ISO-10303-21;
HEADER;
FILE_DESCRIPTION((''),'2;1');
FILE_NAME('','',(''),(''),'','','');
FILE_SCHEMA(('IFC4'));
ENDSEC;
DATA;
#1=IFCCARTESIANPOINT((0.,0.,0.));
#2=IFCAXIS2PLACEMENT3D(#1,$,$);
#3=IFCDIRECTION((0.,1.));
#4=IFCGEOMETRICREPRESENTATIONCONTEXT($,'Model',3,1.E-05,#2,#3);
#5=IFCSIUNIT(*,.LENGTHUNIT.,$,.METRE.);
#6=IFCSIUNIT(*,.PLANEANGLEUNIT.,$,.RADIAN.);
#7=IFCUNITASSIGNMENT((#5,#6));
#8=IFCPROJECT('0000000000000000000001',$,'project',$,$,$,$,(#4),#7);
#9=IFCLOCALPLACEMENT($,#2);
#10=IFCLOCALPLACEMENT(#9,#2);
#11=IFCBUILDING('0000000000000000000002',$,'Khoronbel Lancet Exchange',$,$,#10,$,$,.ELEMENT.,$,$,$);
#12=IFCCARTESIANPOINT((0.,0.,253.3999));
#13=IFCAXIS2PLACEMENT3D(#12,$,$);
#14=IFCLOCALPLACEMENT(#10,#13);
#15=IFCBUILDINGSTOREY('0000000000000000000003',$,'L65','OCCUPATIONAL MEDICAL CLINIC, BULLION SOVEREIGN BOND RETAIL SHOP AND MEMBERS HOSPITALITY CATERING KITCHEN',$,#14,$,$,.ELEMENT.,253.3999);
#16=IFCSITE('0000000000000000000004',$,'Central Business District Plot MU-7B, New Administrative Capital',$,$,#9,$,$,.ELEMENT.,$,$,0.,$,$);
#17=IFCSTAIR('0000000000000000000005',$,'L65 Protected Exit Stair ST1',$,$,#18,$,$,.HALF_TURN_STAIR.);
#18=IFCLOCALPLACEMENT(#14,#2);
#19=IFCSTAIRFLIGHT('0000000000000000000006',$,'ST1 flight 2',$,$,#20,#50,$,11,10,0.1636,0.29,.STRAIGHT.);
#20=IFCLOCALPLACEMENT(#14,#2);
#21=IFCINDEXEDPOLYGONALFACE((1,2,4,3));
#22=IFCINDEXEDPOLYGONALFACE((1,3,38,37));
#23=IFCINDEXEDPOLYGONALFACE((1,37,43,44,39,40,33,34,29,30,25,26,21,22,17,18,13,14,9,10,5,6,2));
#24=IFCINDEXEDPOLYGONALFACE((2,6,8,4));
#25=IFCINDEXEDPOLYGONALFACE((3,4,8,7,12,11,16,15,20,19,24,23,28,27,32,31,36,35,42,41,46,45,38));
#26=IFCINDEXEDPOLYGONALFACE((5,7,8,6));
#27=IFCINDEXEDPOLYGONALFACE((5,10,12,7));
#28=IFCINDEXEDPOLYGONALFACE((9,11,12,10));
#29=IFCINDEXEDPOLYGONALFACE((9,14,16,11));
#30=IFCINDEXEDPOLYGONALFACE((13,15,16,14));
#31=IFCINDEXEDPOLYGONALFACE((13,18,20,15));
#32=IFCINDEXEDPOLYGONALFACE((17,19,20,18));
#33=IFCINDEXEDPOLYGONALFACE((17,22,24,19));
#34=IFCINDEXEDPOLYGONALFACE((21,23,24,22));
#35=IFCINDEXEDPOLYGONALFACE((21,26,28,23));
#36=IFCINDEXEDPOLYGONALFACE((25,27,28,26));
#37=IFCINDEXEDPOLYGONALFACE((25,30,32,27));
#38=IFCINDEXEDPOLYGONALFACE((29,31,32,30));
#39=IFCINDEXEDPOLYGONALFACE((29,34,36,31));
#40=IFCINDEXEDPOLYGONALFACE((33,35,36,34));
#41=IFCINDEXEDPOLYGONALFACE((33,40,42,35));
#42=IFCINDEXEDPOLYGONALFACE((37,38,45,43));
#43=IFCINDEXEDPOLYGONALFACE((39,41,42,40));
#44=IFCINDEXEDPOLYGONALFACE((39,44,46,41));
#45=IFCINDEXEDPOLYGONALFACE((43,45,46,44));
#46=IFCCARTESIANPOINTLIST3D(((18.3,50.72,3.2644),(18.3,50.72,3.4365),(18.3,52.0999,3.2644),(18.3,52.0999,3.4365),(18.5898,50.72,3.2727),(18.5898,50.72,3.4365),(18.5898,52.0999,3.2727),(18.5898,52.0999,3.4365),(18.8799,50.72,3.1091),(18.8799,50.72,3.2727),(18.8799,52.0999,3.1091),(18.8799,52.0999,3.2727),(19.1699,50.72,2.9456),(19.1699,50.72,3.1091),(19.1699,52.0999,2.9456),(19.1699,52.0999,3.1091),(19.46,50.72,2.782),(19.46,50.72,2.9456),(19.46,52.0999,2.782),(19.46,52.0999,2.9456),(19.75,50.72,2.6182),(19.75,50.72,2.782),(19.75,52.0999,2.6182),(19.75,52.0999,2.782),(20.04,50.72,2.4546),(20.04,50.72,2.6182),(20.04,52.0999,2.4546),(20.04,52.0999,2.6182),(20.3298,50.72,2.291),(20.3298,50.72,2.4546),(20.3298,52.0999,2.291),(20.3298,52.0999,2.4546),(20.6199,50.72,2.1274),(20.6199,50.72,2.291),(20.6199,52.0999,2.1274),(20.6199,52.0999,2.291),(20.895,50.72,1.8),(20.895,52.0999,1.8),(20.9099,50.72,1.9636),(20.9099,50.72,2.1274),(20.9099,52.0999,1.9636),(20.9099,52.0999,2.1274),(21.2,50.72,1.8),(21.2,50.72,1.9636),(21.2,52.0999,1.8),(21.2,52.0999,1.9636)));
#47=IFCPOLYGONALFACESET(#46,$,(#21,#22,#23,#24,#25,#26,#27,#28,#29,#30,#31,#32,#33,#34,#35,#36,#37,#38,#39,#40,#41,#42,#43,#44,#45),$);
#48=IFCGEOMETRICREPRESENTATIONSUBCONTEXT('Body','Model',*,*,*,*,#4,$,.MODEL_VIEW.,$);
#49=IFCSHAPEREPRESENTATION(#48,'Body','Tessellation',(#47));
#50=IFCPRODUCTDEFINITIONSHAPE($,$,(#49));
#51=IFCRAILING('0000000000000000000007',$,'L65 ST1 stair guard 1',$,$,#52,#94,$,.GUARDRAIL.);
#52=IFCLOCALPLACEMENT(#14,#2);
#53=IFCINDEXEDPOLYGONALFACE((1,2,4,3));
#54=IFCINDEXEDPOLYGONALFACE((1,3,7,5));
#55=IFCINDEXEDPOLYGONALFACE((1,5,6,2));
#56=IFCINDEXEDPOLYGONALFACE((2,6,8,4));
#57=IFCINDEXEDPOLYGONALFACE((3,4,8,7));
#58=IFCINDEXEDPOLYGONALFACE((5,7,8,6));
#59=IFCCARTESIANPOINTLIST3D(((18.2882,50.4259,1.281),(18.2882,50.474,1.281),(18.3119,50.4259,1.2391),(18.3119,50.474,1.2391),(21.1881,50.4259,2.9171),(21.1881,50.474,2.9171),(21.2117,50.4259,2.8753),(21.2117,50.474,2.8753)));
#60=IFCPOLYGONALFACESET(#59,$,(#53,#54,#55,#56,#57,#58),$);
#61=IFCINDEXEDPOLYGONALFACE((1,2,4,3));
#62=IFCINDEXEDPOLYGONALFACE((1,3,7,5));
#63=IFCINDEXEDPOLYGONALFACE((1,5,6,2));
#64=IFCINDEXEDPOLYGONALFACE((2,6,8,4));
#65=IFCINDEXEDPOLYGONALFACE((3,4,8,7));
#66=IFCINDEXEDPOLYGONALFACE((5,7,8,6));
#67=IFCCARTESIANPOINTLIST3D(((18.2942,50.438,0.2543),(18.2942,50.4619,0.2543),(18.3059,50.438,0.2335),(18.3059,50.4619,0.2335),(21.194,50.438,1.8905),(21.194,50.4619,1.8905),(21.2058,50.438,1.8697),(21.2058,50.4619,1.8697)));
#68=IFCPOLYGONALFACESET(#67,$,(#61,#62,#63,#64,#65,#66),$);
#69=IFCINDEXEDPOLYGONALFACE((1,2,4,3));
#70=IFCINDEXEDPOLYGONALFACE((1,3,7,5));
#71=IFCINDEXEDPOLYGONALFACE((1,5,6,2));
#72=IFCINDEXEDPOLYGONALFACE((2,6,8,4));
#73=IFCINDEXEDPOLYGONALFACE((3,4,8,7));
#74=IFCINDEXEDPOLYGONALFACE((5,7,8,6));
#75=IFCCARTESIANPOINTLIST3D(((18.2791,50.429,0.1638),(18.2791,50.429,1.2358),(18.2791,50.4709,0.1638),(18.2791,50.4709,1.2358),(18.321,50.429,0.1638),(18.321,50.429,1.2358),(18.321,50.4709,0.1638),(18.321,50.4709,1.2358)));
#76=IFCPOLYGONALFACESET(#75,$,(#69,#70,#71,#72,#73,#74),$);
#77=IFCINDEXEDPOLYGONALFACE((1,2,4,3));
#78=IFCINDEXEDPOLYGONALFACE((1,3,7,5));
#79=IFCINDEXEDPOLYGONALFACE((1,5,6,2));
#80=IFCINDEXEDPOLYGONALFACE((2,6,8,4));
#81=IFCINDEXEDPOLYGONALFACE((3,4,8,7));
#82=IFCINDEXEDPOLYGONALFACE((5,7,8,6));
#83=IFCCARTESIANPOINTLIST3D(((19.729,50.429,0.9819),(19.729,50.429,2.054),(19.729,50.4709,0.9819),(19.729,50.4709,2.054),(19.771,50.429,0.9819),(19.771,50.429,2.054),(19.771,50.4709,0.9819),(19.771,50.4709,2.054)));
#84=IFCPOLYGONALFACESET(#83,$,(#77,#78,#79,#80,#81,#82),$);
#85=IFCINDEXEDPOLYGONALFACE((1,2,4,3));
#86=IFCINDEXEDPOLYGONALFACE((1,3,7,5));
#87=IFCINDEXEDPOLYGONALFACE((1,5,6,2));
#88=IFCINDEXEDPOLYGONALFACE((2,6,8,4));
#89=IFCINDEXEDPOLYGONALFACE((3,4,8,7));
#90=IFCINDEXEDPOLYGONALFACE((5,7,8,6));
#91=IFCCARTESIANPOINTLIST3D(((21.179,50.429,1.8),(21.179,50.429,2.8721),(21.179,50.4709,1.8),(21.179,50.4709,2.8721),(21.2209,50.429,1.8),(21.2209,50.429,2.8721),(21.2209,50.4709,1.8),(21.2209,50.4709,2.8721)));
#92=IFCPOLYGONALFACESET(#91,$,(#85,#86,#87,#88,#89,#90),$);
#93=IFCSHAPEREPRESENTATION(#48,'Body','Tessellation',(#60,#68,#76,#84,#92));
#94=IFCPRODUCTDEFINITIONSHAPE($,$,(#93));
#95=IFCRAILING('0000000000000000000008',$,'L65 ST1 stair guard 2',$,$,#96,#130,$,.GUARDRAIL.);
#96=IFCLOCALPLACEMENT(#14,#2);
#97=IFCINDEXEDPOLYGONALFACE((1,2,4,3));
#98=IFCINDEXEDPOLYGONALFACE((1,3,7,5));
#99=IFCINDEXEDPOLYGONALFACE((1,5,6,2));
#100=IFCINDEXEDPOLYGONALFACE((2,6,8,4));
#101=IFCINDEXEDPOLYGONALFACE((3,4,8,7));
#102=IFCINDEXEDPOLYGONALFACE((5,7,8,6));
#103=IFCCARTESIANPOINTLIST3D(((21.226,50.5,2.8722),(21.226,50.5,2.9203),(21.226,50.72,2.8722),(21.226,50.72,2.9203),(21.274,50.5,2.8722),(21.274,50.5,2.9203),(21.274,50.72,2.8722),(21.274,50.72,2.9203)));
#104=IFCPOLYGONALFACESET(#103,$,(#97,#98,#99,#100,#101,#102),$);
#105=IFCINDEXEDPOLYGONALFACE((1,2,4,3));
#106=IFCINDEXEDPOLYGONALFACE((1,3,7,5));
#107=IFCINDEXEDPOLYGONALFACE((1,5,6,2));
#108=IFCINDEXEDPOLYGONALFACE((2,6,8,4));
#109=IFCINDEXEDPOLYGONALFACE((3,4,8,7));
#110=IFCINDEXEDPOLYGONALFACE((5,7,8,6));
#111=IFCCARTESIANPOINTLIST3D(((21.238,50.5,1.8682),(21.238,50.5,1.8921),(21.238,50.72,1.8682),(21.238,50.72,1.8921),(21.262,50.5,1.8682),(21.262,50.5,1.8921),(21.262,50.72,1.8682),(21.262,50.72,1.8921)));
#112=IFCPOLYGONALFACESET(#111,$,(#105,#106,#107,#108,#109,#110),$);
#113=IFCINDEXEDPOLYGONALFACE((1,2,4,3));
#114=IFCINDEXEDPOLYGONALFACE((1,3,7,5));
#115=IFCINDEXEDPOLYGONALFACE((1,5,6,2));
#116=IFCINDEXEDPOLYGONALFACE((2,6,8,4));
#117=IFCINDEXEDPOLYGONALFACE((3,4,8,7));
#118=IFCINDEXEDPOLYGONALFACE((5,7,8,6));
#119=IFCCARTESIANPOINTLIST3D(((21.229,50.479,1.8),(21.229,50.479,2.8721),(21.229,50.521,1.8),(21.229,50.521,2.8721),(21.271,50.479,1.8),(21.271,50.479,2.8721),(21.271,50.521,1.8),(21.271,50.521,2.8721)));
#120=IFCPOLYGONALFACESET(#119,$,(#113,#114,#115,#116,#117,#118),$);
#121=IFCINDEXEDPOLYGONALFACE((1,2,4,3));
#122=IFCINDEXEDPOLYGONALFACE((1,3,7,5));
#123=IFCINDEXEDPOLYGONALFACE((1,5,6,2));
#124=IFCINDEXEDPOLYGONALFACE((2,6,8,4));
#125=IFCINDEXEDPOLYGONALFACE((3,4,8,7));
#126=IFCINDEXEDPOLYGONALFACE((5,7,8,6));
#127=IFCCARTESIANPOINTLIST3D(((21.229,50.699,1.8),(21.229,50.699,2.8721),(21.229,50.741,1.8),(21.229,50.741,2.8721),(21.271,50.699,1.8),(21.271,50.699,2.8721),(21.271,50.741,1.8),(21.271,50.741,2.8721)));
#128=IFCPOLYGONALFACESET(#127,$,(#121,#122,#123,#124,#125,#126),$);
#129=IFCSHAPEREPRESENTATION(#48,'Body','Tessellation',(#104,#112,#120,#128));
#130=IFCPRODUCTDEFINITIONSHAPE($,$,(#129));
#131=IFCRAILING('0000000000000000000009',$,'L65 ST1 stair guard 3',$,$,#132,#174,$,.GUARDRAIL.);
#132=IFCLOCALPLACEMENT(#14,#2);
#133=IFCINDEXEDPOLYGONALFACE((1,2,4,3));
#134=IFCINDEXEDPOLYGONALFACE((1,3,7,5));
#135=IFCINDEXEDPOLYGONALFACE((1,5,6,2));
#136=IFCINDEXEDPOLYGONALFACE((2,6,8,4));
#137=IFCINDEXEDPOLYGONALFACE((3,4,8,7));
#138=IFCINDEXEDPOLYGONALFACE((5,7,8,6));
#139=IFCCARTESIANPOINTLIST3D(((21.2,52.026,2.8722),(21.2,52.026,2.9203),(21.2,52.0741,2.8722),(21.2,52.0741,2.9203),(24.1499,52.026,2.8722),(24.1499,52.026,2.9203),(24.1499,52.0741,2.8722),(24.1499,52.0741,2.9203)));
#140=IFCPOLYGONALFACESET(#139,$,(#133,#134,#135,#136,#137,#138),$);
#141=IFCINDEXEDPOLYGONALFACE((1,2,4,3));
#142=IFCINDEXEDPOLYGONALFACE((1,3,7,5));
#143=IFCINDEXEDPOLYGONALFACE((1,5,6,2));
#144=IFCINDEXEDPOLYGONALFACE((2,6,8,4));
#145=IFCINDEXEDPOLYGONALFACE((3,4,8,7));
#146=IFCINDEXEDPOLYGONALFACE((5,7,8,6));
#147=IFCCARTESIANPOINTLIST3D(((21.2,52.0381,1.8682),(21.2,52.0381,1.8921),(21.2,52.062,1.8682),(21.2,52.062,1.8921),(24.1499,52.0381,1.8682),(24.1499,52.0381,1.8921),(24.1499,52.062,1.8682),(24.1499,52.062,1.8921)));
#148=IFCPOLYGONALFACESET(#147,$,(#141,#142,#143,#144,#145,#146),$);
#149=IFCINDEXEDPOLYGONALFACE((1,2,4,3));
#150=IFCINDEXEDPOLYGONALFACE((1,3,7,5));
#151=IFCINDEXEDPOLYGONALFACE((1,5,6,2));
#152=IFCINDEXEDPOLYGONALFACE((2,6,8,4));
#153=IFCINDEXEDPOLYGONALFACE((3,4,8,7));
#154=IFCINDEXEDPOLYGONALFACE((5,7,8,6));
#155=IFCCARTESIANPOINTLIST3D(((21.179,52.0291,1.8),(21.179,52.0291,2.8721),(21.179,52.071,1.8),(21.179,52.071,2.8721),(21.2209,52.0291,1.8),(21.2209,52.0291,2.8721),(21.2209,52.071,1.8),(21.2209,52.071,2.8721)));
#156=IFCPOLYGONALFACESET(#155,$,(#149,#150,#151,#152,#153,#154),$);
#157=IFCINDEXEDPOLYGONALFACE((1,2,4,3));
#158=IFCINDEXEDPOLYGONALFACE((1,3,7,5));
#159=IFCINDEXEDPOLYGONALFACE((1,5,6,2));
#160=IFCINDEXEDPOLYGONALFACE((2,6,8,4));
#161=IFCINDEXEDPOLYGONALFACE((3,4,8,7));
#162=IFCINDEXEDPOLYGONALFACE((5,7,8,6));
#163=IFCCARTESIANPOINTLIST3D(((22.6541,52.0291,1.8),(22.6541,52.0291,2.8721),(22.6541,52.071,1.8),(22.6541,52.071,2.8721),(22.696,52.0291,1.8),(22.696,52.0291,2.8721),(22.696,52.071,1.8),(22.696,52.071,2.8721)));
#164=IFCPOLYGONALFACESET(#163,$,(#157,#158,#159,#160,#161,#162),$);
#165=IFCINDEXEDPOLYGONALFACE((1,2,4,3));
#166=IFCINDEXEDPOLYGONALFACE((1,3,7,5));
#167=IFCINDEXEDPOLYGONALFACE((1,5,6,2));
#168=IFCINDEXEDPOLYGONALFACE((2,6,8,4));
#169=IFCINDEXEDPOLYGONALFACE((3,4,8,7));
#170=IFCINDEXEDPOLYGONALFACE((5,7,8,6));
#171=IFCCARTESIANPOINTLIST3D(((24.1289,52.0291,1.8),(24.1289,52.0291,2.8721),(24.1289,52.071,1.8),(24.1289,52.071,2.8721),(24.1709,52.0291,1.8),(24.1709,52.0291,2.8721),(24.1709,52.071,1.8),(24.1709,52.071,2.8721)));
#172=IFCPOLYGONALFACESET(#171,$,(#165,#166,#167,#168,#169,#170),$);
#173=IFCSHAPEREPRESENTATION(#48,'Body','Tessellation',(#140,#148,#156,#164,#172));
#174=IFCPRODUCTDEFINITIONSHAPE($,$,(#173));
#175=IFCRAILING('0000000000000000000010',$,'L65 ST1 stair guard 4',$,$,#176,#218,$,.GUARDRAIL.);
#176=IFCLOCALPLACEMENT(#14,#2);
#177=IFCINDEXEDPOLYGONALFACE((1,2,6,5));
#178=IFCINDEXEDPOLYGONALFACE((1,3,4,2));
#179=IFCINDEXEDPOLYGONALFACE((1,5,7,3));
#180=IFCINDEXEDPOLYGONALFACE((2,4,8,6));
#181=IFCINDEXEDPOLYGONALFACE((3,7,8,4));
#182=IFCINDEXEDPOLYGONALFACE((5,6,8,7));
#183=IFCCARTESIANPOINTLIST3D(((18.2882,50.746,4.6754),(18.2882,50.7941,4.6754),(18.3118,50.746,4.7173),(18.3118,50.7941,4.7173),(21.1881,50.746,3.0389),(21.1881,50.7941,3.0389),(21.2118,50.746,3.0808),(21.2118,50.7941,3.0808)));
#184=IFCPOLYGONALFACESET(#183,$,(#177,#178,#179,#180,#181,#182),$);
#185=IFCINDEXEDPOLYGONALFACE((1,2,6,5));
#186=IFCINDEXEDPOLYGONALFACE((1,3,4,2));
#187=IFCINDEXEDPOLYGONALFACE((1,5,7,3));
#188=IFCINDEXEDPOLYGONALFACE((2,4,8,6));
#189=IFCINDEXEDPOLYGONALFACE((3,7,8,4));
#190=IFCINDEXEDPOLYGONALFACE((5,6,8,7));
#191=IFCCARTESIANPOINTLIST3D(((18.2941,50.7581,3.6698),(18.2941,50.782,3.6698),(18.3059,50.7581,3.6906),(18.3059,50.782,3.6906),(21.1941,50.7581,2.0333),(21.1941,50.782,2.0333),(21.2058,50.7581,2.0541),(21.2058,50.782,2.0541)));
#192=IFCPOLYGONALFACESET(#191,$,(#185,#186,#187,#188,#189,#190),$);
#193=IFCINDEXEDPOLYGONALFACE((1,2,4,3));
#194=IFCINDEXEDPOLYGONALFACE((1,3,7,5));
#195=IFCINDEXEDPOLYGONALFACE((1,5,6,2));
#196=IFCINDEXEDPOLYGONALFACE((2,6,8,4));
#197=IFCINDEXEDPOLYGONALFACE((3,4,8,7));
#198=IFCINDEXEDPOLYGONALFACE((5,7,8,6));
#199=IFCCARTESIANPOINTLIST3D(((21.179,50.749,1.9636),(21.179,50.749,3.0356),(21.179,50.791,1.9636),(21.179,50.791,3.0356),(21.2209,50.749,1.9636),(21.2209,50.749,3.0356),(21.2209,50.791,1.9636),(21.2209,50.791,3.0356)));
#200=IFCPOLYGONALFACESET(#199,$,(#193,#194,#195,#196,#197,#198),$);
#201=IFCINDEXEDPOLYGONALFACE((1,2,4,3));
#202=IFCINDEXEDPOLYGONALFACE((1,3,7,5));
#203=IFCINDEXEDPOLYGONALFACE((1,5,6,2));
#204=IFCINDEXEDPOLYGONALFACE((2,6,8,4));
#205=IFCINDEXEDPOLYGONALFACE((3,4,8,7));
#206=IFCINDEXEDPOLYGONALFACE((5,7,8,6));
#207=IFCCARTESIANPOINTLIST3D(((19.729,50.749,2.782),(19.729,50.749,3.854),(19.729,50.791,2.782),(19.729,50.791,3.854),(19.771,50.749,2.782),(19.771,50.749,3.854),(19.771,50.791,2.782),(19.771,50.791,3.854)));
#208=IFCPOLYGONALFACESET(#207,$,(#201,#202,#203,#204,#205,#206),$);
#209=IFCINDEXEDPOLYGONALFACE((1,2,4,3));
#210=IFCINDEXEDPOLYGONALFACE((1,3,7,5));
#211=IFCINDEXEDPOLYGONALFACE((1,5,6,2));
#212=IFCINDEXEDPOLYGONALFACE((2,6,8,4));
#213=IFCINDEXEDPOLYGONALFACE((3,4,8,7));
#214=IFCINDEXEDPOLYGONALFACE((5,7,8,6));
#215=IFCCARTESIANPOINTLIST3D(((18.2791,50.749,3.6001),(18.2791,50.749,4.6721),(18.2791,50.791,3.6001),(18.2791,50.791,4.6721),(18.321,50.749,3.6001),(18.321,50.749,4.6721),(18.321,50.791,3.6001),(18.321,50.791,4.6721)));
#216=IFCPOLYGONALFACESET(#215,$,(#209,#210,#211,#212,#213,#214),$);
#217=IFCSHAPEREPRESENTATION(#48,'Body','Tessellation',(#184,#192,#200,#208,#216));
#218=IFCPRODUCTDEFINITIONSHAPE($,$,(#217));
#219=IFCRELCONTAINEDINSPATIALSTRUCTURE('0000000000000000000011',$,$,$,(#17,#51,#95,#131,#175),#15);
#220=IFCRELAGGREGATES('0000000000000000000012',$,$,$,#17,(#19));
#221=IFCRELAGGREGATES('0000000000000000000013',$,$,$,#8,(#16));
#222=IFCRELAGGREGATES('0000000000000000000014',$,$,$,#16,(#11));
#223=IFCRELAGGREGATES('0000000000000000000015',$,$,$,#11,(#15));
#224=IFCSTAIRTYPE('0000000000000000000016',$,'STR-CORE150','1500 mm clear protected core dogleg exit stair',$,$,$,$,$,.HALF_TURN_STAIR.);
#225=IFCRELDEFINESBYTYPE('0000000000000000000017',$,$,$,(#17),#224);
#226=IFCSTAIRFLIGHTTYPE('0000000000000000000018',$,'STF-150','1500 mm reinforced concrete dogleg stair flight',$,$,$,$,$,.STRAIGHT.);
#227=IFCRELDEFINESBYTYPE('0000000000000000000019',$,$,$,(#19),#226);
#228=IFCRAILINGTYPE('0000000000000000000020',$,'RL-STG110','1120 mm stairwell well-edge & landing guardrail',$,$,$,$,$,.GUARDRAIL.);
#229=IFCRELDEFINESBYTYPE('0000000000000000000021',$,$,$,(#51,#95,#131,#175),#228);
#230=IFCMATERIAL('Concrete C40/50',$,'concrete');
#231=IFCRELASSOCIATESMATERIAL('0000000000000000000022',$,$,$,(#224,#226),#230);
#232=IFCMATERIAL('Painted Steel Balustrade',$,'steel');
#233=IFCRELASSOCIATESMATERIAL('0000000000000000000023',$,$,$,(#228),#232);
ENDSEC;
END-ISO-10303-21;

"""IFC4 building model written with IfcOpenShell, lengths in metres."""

from ifc_helpers import new_model, si_unit, direction, frame, origin, origin_2d, place, context, subcontext, project, spatial, polyline, rectangle, outline, extrude, material, type_object, element, aggregate, save


model = new_model("IFC4")

# Units and contexts
model_context = context("Model", 3, precision=1e-05, world=origin(), true_north=direction((0.0, 1.0)))
body_context = subcontext(model_context, "Body", "Model", "MODEL_VIEW")
ifc_project = project(units=[si_unit("LENGTHUNIT", "METRE"), si_unit("PLANEANGLEUNIT", "RADIAN")], contexts=[model_context])

# Site, building, storey
site_placement = place(None, origin())
site = spatial("IfcSite", under=ifc_project, at=site_placement, Name="Central Business District Plot MU-7B, New Administrative Capital", CompositionType="ELEMENT", RefElevation=0.0)
building_placement = place(site_placement, origin())
building = spatial("IfcBuilding", under=site, at=building_placement, Name="Khoronbel Lancet Exchange", CompositionType="ELEMENT")
storey_placement = place(building_placement, frame((0.0, 0.0, 253.3999)))
storey = spatial("IfcBuildingStorey", under=building, at=storey_placement, Name="L65", Description="OCCUPATIONAL MEDICAL CLINIC, BULLION SOVEREIGN BOND RETAIL SHOP AND MEMBERS HOSPITALITY CATERING KITCHEN", CompositionType="ELEMENT", Elevation=253.3999)

# Stair, stair flight
ifc_material_1 = material(Name="Concrete C40/50", Category="concrete")
stair_type = type_object("IfcStairType", Name="STR-CORE150", Description="1500 mm clear protected core dogleg exit stair", PredefinedType="HALF_TURN_STAIR", material=ifc_material_1)
stair_placement = place(storey_placement, origin())
stair = element("IfcStair", 1, at=stair_placement, inside=storey, type_object=stair_type, Name="L65 Protected Exit Stair ST1", PredefinedType="HALF_TURN_STAIR")
stair_flight_type = type_object("IfcStairFlightType", Name="STF-150", Description="1500 mm reinforced concrete dogleg stair flight", PredefinedType="STRAIGHT", material=ifc_material_1)
stair_flight_1_placement = place(storey_placement, frame((21.2, 51.4099, 1.8), z_axis=(0.0, 0.0, 1.0), x_axis=(-1.0, 0.0, 0.0)))
stair_flight_1 = element("IfcStairFlight", 2, at=stair_flight_1_placement, type_object=stair_flight_type, Name="ST1 flight 2", NumberOfRisers=11, NumberOfTreads=10, PredefinedType="STRAIGHT", RiserHeight=0.1636, TreadLength=0.29, context=body_context, shape_type="SweptSolid", body=[
    extrude(outline(polyline([(0.0, 0.0), (0.0, 0.1636), (0.29, 0.1636), (0.29, 0.3274), (0.5801, 0.3274), (0.5801, 0.491), (0.8701, 0.491), (0.8701, 0.6545), (1.1599, 0.6545), (1.1599, 0.8181), (1.45, 0.8181), (1.45, 0.9819), (1.74, 0.9819), (1.74, 1.1455), (2.03, 1.1455), (2.03, 1.3091), (2.3201, 1.3091), (2.3201, 1.4727), (2.6101, 1.4727), (2.6101, 1.6365), (2.8999, 1.6365), (2.8999, 1.8), (2.8999, 1.4644), (0.3049, 0.0), (0.0, 0.0)])), frame((0.0, 0.6899, 0.0), z_axis=(0.0, -1.0, 0.0), x_axis=(1.0, 0.0, 0.0)), (0.0, 0.0, 1.0), 1.3799),
])
aggregate(stair, [stair_flight_1])

# Railings
ifc_material_2 = material(Name="Painted Steel Balustrade", Category="steel")
railing_type_1 = type_object("IfcRailingType", Name="RL-STG110", Description="1120 mm stairwell well-edge & landing guardrail", PredefinedType="GUARDRAIL", material=ifc_material_2)
railing_1_placement = place(storey_placement, frame((18.3, 50.45, 0.1638)))
element("IfcRailing", 3, at=railing_1_placement, inside=storey, type_object=railing_type_1, Name="L65 ST1 stair guard 1", PredefinedType="GUARDRAIL", context=body_context, shape_type="SweptSolid", body=[
    extrude(rectangle(XDim=0.0481, YDim=0.0481, at=origin_2d()), frame((0.0, 0.0, 1.0962), z_axis=(0.870929, 0.0, 0.49141), x_axis=(0.0, 1.0, 0.0)), (0.0, 0.0, 1.0), 3.3296),
    extrude(rectangle(XDim=0.0239, YDim=0.0239, at=origin_2d()), frame((0.0, 0.0, 0.0801), z_axis=(0.870929, 0.0, 0.49141), x_axis=(0.0, 1.0, 0.0)), (0.0, 0.0, 1.0), 3.3296),
    extrude(rectangle(XDim=0.042, YDim=0.042, at=origin_2d()), origin(), (0.0, 0.0, 1.0), 1.072),
    extrude(rectangle(XDim=0.042, YDim=0.042, at=origin_2d()), frame((1.45, 0.0, 0.8181)), (0.0, 0.0, 1.0), 1.072),
    extrude(rectangle(XDim=0.042, YDim=0.042, at=origin_2d()), frame((2.8999, 0.0, 1.6362)), (0.0, 0.0, 1.0), 1.072),
])
railing_2_placement = place(storey_placement, frame((21.25, 50.5, 1.8)))
element("IfcRailing", 4, at=railing_2_placement, inside=storey, type_object=railing_type_1, Name="L65 ST1 stair guard 2", PredefinedType="GUARDRAIL", context=body_context, shape_type="SweptSolid", body=[
    extrude(rectangle(XDim=0.0481, YDim=0.0481, at=origin_2d()), frame((0.0, 0.0, 1.0962), z_axis=(0.0, 1.0, 0.0), x_axis=(-1.0, 0.0, 0.0)), (0.0, 0.0, 1.0), 0.22),
    extrude(rectangle(XDim=0.0239, YDim=0.0239, at=origin_2d()), frame((0.0, 0.0, 0.0801), z_axis=(0.0, 1.0, 0.0), x_axis=(-1.0, 0.0, 0.0)), (0.0, 0.0, 1.0), 0.22),
    extrude(rectangle(XDim=0.042, YDim=0.042, at=origin_2d()), origin(), (0.0, 0.0, 1.0), 1.072),
    extrude(rectangle(XDim=0.042, YDim=0.042, at=origin_2d()), frame((0.0, 0.22, 0.0)), (0.0, 0.0, 1.0), 1.072),
])
railing_3_placement = place(storey_placement, frame((21.2, 52.05, 1.8)))
element("IfcRailing", 5, at=railing_3_placement, inside=storey, type_object=railing_type_1, Name="L65 ST1 stair guard 3", PredefinedType="GUARDRAIL", context=body_context, shape_type="SweptSolid", body=[
    extrude(rectangle(XDim=0.0481, YDim=0.0481, at=origin_2d()), frame((0.0, 0.0, 1.0962), z_axis=(1.0, 0.0, 0.0), x_axis=(0.0, 1.0, 0.0)), (0.0, 0.0, 1.0), 2.95),
    extrude(rectangle(XDim=0.0239, YDim=0.0239, at=origin_2d()), frame((0.0, 0.0, 0.0801), z_axis=(1.0, 0.0, 0.0), x_axis=(0.0, 1.0, 0.0)), (0.0, 0.0, 1.0), 2.95),
    extrude(rectangle(XDim=0.042, YDim=0.042, at=origin_2d()), origin(), (0.0, 0.0, 1.0), 1.072),
    extrude(rectangle(XDim=0.042, YDim=0.042, at=origin_2d()), frame((1.4751, 0.0, 0.0)), (0.0, 0.0, 1.0), 1.072),
    extrude(rectangle(XDim=0.042, YDim=0.042, at=origin_2d()), frame((2.95, 0.0, 0.0)), (0.0, 0.0, 1.0), 1.072),
])
railing_4_placement = place(storey_placement, frame((21.2, 50.77, 1.9636)))
element("IfcRailing", 6, at=railing_4_placement, inside=storey, type_object=railing_type_1, Name="L65 ST1 stair guard 4", PredefinedType="GUARDRAIL", context=body_context, shape_type="SweptSolid", body=[
    extrude(rectangle(XDim=0.0481, YDim=0.0481, at=origin_2d()), frame((0.0, 0.0, 1.0962), z_axis=(-0.870897, 0.0, 0.491465), x_axis=(0.0, -1.0, 0.0)), (0.0, 0.0, 1.0), 3.3298),
    extrude(rectangle(XDim=0.0239, YDim=0.0239, at=origin_2d()), frame((0.0, 0.0, 0.0801), z_axis=(-0.870897, 0.0, 0.491465), x_axis=(0.0, -1.0, 0.0)), (0.0, 0.0, 1.0), 3.3298),
    extrude(rectangle(XDim=0.042, YDim=0.042, at=origin_2d()), origin(), (0.0, 0.0, 1.0), 1.072),
    extrude(rectangle(XDim=0.042, YDim=0.042, at=origin_2d()), frame((-1.45, 0.0, 0.8184)), (0.0, 0.0, 1.0), 1.072),
    extrude(rectangle(XDim=0.042, YDim=0.042, at=origin_2d()), frame((-2.8999, 0.0, 1.6365)), (0.0, 0.0, 1.0), 1.072),
])

save(model, "model.ifc")
